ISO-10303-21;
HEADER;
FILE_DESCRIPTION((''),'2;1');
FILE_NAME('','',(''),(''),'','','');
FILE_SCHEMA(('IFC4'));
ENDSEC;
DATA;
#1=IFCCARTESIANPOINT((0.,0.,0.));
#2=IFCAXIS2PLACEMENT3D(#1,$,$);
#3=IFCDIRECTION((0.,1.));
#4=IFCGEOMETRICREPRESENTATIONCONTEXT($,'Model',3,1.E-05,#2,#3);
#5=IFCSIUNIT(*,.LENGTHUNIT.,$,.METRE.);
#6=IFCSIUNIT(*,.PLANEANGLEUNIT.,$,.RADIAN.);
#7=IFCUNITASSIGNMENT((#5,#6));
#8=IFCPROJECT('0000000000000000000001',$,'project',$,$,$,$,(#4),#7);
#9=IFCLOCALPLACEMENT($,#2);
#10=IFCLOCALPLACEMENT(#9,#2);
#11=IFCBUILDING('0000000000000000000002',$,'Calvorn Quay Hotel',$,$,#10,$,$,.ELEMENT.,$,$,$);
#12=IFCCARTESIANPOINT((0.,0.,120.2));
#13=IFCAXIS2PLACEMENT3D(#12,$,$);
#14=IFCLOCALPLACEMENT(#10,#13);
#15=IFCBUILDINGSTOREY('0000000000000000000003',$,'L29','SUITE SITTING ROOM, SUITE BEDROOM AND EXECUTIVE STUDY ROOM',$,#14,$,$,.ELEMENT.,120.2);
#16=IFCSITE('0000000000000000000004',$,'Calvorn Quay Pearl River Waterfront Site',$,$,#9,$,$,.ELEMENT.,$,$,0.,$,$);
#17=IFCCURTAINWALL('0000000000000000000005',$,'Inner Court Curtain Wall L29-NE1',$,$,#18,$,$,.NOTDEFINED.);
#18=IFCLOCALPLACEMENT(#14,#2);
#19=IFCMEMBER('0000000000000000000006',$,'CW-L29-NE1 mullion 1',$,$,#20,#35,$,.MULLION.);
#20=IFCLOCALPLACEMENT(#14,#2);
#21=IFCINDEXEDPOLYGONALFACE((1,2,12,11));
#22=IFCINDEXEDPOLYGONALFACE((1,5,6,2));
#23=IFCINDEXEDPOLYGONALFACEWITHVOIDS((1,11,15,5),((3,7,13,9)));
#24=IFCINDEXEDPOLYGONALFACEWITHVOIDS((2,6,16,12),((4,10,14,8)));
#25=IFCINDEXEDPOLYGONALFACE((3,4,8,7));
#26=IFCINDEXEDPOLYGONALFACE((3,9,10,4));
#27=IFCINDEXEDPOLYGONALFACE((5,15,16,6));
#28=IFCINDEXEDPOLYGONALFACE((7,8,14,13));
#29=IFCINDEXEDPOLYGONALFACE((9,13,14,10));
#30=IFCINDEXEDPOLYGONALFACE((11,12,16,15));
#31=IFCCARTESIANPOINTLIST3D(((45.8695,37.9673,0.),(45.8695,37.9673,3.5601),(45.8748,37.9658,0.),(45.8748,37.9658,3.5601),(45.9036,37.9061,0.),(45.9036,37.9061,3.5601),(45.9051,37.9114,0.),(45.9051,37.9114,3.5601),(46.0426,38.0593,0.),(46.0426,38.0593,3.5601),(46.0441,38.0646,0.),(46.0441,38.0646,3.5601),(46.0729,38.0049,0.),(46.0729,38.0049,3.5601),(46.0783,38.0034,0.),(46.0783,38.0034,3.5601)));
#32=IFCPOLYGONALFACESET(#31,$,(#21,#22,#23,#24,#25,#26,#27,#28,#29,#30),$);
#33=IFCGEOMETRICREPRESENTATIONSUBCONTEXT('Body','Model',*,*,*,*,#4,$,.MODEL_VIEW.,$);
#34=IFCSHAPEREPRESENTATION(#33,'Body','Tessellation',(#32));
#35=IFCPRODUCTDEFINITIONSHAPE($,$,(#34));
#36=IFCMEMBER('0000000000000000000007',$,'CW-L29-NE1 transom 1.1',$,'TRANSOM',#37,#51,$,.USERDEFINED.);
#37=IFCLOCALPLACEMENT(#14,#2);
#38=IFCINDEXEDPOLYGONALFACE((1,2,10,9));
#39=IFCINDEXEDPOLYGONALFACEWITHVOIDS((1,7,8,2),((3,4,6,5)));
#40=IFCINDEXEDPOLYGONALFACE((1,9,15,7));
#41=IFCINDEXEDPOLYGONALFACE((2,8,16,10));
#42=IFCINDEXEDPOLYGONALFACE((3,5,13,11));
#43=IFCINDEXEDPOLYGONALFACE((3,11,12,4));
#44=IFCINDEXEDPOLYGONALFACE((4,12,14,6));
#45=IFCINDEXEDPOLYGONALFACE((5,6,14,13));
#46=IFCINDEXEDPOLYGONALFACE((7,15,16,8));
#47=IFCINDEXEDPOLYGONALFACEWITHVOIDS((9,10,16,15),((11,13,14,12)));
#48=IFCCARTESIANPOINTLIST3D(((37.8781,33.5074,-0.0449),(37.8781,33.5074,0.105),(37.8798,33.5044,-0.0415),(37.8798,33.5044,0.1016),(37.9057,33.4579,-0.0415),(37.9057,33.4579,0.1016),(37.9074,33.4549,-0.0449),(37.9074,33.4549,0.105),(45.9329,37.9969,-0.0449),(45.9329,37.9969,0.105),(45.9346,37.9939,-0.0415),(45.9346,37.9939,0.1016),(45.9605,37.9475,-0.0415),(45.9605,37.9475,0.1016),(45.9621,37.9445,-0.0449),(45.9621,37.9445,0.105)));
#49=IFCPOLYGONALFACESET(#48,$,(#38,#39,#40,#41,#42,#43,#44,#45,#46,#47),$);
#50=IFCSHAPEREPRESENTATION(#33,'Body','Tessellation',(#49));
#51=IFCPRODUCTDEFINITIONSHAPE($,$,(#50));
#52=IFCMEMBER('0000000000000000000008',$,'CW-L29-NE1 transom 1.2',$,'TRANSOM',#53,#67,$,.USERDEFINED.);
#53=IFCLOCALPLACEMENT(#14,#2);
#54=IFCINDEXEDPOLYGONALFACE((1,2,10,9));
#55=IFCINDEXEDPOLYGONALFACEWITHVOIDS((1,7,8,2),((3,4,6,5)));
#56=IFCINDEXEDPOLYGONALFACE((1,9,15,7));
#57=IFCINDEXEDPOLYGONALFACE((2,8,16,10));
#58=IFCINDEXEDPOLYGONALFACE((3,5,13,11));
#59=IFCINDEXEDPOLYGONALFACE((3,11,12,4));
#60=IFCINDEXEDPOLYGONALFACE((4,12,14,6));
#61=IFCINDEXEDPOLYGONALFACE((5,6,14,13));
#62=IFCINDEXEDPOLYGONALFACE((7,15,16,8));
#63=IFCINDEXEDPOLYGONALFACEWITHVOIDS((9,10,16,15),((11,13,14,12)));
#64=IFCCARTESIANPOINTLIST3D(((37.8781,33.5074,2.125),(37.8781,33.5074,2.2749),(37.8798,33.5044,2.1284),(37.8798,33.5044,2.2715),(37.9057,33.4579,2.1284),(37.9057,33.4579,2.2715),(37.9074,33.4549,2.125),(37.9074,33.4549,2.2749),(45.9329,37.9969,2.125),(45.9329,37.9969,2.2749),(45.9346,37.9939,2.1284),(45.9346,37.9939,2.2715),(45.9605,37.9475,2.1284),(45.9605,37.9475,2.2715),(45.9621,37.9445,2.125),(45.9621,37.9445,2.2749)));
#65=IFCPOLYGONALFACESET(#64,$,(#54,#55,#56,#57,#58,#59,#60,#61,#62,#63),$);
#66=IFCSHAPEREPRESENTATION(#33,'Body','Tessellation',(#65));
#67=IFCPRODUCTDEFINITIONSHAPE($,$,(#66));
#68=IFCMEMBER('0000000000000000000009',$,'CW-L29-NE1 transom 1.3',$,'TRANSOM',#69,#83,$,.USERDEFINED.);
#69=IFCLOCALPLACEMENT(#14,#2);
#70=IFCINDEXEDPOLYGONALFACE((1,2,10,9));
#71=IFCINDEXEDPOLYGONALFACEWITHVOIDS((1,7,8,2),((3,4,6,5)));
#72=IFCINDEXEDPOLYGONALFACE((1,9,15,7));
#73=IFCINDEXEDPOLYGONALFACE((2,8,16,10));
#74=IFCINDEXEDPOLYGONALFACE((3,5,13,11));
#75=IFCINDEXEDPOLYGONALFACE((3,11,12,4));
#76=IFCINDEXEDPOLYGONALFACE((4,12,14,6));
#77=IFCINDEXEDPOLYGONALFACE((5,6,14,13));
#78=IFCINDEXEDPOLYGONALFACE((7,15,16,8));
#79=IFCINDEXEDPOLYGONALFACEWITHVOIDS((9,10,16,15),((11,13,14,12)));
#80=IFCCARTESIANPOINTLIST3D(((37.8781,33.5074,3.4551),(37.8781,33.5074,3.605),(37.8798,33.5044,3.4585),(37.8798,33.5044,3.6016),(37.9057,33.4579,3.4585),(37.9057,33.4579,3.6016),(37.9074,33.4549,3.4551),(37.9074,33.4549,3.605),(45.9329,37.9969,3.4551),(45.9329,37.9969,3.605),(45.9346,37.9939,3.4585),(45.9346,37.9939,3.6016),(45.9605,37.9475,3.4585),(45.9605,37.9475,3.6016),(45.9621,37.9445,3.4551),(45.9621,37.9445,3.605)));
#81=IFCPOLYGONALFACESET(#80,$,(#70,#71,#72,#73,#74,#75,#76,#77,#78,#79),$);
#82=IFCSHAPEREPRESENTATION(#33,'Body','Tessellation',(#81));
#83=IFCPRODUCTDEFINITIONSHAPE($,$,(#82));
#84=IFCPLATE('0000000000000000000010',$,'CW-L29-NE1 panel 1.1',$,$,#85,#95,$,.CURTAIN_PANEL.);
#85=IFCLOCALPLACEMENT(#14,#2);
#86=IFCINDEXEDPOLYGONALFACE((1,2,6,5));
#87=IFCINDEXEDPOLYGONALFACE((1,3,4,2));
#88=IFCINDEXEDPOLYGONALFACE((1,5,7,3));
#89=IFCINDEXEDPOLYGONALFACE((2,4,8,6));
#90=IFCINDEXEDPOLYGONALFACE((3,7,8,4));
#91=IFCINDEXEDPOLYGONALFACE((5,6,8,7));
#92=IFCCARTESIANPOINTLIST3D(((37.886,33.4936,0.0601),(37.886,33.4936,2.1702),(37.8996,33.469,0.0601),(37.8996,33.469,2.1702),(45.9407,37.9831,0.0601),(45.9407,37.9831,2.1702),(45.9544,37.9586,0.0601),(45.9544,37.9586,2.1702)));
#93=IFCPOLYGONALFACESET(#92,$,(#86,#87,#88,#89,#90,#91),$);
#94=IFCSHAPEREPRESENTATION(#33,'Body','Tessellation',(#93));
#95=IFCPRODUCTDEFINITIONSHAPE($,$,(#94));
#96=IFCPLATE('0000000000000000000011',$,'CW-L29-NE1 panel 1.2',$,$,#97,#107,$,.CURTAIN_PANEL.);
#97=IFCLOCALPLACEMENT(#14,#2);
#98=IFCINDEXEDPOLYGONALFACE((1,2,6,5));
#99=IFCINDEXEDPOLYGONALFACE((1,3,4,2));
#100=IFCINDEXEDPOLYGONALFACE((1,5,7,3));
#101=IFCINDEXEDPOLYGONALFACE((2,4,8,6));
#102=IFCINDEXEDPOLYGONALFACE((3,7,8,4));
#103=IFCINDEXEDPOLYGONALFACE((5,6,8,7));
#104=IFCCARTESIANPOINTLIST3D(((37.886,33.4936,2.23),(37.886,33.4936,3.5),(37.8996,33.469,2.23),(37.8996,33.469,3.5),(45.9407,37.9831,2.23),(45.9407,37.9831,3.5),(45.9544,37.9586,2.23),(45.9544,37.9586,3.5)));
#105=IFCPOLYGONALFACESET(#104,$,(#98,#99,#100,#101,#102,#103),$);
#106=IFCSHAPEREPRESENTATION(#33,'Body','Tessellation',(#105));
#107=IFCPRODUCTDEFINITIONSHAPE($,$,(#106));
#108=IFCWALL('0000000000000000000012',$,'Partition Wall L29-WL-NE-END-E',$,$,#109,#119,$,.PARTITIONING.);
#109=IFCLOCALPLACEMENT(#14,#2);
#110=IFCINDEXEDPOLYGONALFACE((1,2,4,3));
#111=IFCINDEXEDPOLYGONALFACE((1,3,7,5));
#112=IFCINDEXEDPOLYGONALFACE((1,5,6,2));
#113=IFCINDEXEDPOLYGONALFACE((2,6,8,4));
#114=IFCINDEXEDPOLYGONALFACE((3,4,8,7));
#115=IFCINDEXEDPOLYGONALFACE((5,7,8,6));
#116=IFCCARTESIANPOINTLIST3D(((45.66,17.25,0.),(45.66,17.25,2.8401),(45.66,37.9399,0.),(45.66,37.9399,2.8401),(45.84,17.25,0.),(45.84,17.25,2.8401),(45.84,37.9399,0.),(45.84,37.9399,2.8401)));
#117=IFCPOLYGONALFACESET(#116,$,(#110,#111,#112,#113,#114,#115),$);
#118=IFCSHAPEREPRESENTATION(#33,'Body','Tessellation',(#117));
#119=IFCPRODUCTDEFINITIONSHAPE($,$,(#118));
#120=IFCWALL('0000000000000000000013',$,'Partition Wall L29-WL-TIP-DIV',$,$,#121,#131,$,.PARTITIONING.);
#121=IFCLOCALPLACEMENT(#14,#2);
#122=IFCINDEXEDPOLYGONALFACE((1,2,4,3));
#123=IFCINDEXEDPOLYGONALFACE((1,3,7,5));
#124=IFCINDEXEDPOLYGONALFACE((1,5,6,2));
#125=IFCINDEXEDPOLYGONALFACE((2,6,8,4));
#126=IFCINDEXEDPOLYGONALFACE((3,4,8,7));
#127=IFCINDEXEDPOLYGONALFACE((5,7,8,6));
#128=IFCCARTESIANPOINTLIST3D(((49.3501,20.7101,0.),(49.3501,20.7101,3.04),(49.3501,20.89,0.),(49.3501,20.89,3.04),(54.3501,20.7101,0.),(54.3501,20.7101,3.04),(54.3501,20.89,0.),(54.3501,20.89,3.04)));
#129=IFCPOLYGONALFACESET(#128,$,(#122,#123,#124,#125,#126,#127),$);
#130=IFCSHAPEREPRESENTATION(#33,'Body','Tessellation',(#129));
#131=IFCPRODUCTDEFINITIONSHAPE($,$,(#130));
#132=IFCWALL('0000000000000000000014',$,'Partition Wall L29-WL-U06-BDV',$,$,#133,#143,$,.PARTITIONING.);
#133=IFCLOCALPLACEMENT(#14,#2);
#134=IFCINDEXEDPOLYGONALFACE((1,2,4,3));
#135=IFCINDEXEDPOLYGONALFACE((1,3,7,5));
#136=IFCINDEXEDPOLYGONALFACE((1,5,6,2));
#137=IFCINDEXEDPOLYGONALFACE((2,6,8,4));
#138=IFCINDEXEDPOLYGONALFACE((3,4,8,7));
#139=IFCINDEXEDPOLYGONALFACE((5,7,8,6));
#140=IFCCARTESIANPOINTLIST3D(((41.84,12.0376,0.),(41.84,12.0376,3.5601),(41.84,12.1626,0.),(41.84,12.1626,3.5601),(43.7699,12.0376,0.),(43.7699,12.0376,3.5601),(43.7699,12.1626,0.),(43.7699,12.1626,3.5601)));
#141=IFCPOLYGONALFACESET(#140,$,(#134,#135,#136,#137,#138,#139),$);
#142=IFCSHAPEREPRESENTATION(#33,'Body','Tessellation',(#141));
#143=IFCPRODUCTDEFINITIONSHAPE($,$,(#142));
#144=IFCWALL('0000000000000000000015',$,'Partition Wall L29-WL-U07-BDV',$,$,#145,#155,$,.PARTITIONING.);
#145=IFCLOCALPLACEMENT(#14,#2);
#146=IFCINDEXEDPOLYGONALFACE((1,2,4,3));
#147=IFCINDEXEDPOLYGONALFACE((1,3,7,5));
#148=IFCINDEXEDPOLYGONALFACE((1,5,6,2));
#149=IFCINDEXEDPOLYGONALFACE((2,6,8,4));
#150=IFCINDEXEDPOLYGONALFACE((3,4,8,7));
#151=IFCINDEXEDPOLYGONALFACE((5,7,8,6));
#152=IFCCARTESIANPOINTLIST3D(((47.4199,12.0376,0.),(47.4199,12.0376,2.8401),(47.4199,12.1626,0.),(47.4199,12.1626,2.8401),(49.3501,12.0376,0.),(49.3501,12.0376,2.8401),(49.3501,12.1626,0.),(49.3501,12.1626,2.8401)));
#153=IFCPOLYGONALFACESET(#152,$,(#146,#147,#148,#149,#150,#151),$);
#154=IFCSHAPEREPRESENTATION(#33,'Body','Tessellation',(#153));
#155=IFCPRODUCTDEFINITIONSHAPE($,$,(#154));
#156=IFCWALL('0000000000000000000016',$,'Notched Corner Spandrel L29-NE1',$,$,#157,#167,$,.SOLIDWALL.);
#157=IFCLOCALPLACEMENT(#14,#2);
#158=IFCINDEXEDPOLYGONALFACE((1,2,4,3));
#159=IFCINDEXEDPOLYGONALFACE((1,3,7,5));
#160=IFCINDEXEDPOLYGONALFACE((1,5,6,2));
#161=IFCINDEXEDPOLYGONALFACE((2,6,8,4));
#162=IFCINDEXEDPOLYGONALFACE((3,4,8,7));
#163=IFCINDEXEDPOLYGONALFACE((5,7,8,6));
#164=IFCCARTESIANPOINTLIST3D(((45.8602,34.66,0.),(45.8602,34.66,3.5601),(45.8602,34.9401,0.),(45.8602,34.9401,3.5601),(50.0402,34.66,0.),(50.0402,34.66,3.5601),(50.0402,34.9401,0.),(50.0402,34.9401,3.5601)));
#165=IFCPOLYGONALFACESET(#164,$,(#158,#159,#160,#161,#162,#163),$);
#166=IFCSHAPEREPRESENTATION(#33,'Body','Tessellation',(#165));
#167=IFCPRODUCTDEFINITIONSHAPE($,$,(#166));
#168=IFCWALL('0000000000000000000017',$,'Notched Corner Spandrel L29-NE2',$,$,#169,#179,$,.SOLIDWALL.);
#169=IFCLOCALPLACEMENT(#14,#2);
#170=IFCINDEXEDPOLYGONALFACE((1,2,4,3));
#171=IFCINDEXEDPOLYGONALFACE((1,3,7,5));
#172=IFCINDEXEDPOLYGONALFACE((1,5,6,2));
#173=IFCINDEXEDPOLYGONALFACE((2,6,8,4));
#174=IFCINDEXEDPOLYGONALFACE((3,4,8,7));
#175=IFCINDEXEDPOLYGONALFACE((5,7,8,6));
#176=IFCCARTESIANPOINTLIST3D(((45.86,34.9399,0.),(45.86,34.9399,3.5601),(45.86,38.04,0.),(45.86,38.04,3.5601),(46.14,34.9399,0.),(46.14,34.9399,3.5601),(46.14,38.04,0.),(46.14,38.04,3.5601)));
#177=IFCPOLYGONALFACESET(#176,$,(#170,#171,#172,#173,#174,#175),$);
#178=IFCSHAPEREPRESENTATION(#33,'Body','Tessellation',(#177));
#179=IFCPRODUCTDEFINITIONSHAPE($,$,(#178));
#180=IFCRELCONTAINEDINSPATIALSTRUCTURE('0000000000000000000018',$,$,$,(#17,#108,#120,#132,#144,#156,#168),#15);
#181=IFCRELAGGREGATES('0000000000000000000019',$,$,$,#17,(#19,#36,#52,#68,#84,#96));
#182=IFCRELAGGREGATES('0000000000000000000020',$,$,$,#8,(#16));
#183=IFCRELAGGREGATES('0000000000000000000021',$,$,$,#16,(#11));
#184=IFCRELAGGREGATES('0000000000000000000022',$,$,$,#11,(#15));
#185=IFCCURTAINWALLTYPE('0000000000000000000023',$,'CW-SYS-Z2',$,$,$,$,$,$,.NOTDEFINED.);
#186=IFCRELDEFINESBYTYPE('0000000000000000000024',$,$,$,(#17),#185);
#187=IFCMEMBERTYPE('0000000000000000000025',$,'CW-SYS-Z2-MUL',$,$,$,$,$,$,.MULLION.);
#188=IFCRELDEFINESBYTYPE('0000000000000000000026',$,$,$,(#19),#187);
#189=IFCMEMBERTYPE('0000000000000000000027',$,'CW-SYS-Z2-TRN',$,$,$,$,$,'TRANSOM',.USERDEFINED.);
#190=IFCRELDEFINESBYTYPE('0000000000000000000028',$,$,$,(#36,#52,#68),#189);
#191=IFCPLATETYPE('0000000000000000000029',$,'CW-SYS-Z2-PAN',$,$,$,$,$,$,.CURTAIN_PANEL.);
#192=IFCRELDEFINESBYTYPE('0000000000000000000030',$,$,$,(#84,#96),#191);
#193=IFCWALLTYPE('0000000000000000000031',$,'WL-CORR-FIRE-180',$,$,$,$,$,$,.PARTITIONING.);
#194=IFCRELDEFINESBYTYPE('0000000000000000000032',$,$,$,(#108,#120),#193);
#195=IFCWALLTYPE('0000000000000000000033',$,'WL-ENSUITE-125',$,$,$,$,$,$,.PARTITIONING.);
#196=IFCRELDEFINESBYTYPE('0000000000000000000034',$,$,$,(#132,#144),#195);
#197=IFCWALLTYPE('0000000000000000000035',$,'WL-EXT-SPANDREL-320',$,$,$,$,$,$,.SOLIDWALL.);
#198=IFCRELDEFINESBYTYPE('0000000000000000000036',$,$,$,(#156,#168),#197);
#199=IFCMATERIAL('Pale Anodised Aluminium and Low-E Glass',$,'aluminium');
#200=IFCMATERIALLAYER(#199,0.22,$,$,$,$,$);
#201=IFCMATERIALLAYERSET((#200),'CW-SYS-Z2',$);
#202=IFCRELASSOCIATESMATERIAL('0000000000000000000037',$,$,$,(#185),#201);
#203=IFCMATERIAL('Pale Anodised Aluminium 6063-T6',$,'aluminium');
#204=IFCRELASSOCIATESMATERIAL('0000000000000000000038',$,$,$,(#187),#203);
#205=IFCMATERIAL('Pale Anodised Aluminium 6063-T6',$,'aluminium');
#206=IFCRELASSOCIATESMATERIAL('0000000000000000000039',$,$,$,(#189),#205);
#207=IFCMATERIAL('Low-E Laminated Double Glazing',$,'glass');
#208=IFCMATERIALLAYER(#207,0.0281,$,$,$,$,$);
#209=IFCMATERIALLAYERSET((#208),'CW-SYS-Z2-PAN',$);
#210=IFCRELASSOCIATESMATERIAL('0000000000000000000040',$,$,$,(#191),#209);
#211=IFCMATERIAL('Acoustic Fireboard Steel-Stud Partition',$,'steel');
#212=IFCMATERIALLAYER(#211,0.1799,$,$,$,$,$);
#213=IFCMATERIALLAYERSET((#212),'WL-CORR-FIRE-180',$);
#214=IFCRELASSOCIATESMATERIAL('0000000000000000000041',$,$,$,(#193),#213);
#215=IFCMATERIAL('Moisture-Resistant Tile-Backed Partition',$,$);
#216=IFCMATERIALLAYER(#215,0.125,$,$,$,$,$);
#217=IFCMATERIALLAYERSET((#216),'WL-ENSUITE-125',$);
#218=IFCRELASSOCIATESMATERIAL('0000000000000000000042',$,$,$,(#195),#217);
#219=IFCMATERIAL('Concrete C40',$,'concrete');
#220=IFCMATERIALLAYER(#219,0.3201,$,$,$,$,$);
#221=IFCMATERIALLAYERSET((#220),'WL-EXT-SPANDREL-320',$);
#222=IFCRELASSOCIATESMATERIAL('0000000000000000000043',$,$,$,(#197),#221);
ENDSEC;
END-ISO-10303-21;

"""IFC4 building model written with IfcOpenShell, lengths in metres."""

from ifc_helpers import new_model, si_unit, direction, frame, frame_2d, origin, origin_2d, place, context, subcontext, project, spatial, rectangle, hollow_rectangle, extrude, material, layer, layer_set, material_profile, profile_set, type_object, element, aggregate, save


model = new_model("IFC4")

# Units and contexts
model_context = context("Model", 3, precision=1e-05, world=origin(), true_north=direction((0.0, 1.0)))
body_context = subcontext(model_context, "Body", "Model", "MODEL_VIEW")
ifc_project = project(units=[si_unit("LENGTHUNIT", "METRE"), si_unit("PLANEANGLEUNIT", "RADIAN")], contexts=[model_context])

# Site, building, storey
site_placement = place(None, origin())
site = spatial("IfcSite", under=ifc_project, at=site_placement, Name="Calvorn Quay Pearl River Waterfront Site", CompositionType="ELEMENT", RefElevation=0.0)
building_placement = place(site_placement, origin())
building = spatial("IfcBuilding", under=site, at=building_placement, Name="Calvorn Quay Hotel", CompositionType="ELEMENT")
storey_placement = place(building_placement, frame((0.0, 0.0, 120.2)))
storey = spatial("IfcBuildingStorey", under=building, at=storey_placement, Name="L29", Description="SUITE SITTING ROOM, SUITE BEDROOM AND EXECUTIVE STUDY ROOM", CompositionType="ELEMENT", Elevation=120.2)

# Curtain wall, members, plates
ifc_material_1 = material(Name="Pale Anodised Aluminium and Low-E Glass", Category="aluminium")
ifc_layer_1 = layer(ifc_material_1, 0.22)
ifc_layer_set_1 = layer_set([ifc_layer_1], Name="CW-SYS-Z2")
curtain_wall_type = type_object("IfcCurtainWallType", Name="CW-SYS-Z2", PredefinedType="NOTDEFINED", material=ifc_layer_set_1)
curtain_wall_placement = place(storey_placement, origin())
curtain_wall = element("IfcCurtainWall", 1, at=curtain_wall_placement, inside=storey, type_object=curtain_wall_type, Name="Inner Court Curtain Wall L29-NE1", PredefinedType="NOTDEFINED")
ifc_material_2 = material(Name="Pale Anodised Aluminium 6063-T6", Category="aluminium")
ifc_material_profile_1 = material_profile(ifc_material_2, hollow_rectangle(XDim=0.0701, YDim=0.2, WallThickness=0.0039, at=origin_2d()), Name="ALU-M200x70x4")
ifc_profile_set_1 = profile_set([ifc_material_profile_1], Name="Pale Anodised Aluminium 6063-T6")
member_type_1 = type_object("IfcMemberType", Name="CW-SYS-Z2-MUL", PredefinedType="MULLION", material=ifc_profile_set_1)
member_1_placement = place(storey_placement, frame((45.9739, 37.9854, 0.0), z_axis=(0.0, 0.0, 1.0), x_axis=(0.486858, -0.873481, 0.0)))
member_1 = element("IfcMember", 2, at=member_1_placement, type_object=member_type_1, Name="CW-L29-NE1 mullion 1", PredefinedType="MULLION", context=body_context, shape_type="SweptSolid", body=[
    extrude(hollow_rectangle(XDim=0.0701, YDim=0.2, WallThickness=0.0039, at=origin_2d()), origin(), (0.0, 0.0, 1.0), 3.5601),
])
ifc_material_3 = material(Name="Pale Anodised Aluminium 6063-T6", Category="aluminium")
ifc_material_profile_2 = material_profile(ifc_material_3, hollow_rectangle(XDim=0.0601, YDim=0.1499, WallThickness=0.0034, at=origin_2d()), Name="ALU-T150x60x3.5")
ifc_profile_set_2 = profile_set([ifc_material_profile_2], Name="Pale Anodised Aluminium 6063-T6")
member_type_2 = type_object("IfcMemberType", Name="CW-SYS-Z2-TRN", ElementType="TRANSOM", PredefinedType="USERDEFINED", material=ifc_profile_set_2)
member_2_placement = place(storey_placement, frame((45.9475, 37.9707, 0.03), z_axis=(-0.873481, -0.486859, 0.0), x_axis=(0.486859, -0.873481, 0.0)))
member_2 = element("IfcMember", 3, at=member_2_placement, type_object=member_type_2, Name="CW-L29-NE1 transom 1.1", ObjectType="TRANSOM", PredefinedType="USERDEFINED", context=body_context, shape_type="SweptSolid", body=[
    extrude(hollow_rectangle(XDim=0.0601, YDim=0.1499, WallThickness=0.0034, at=origin_2d()), origin(), (0.0, 0.0, 1.0), 9.2214),
])
member_3_placement = place(storey_placement, frame((45.9475, 37.9707, 2.2), z_axis=(-0.873481, -0.486859, 0.0), x_axis=(0.486859, -0.873481, 0.0)))
member_3 = element("IfcMember", 4, at=member_3_placement, type_object=member_type_2, Name="CW-L29-NE1 transom 1.2", ObjectType="TRANSOM", PredefinedType="USERDEFINED", context=body_context, shape_type="SweptSolid", body=[
    extrude(hollow_rectangle(XDim=0.0601, YDim=0.1499, WallThickness=0.0034, at=origin_2d()), origin(), (0.0, 0.0, 1.0), 9.2214),
])
member_4_placement = place(storey_placement, frame((45.9475, 37.9707, 3.53), z_axis=(-0.873481, -0.486859, 0.0), x_axis=(0.486859, -0.873481, 0.0)))
member_4 = element("IfcMember", 5, at=member_4_placement, type_object=member_type_2, Name="CW-L29-NE1 transom 1.3", ObjectType="TRANSOM", PredefinedType="USERDEFINED", context=body_context, shape_type="SweptSolid", body=[
    extrude(hollow_rectangle(XDim=0.0601, YDim=0.1499, WallThickness=0.0034, at=origin_2d()), origin(), (0.0, 0.0, 1.0), 9.2214),
])
ifc_material_4 = material(Name="Low-E Laminated Double Glazing", Category="glass")
ifc_layer_2 = layer(ifc_material_4, 0.0281)
ifc_layer_set_2 = layer_set([ifc_layer_2], Name="CW-SYS-Z2-PAN")
plate_type = type_object("IfcPlateType", Name="CW-SYS-Z2-PAN", PredefinedType="CURTAIN_PANEL", material=ifc_layer_set_2)
plate_1_placement = place(storey_placement, frame((41.9202, 35.7261, 0.0601), z_axis=(0.0, 0.0, 1.0), x_axis=(-0.873481, -0.486858, 0.0)))
plate_1 = element("IfcPlate", 6, at=plate_1_placement, type_object=plate_type, Name="CW-L29-NE1 panel 1.1", PredefinedType="CURTAIN_PANEL", context=body_context, shape_type="SweptSolid", body=[
    extrude(rectangle(XDim=9.2214, YDim=0.0281, at=origin_2d()), origin(), (0.0, 0.0, 1.0), 2.1101),
])
plate_2_placement = place(storey_placement, frame((41.9202, 35.7261, 2.23), z_axis=(0.0, 0.0, 1.0), x_axis=(-0.873481, -0.486858, 0.0)))
plate_2 = element("IfcPlate", 7, at=plate_2_placement, type_object=plate_type, Name="CW-L29-NE1 panel 1.2", PredefinedType="CURTAIN_PANEL", context=body_context, shape_type="SweptSolid", body=[
    extrude(rectangle(XDim=9.2214, YDim=0.0281, at=origin_2d()), origin(), (0.0, 0.0, 1.0), 1.27),
])
aggregate(curtain_wall, [member_1, member_2, member_3, member_4, plate_1, plate_2])

# Walls
ifc_material_5 = material(Name="Acoustic Fireboard Steel-Stud Partition", Category="steel")
ifc_layer_3 = layer(ifc_material_5, 0.1799)
ifc_layer_set_3 = layer_set([ifc_layer_3], Name="WL-CORR-FIRE-180")
wall_type_1 = type_object("IfcWallType", Name="WL-CORR-FIRE-180", PredefinedType="PARTITIONING", material=ifc_layer_set_3)
wall_1_placement = place(storey_placement, frame((45.75, 17.25, 0.0), z_axis=(0.0, 0.0, 1.0), x_axis=(0.0, 1.0, 0.0)))
element("IfcWall", 8, at=wall_1_placement, inside=storey, type_object=wall_type_1, Name="Partition Wall L29-WL-NE-END-E", PredefinedType="PARTITIONING", context=body_context, shape_type="SweptSolid", body=[
    extrude(rectangle(XDim=20.6899, YDim=0.1799, at=frame_2d((10.345, 0.0))), origin(), (0.0, 0.0, 1.0), 2.8401),
])
wall_2_placement = place(storey_placement, frame((49.3501, 20.8, 0.0), z_axis=(0.0, 0.0, 1.0), x_axis=(1.0, 0.0, 0.0)))
element("IfcWall", 9, at=wall_2_placement, inside=storey, type_object=wall_type_1, Name="Partition Wall L29-WL-TIP-DIV", PredefinedType="PARTITIONING", context=body_context, shape_type="SweptSolid", body=[
    extrude(rectangle(XDim=5.0, YDim=0.1799, at=frame_2d((2.5, 0.0))), origin(), (0.0, 0.0, 1.0), 3.04),
])
ifc_material_6 = material(Name="Moisture-Resistant Tile-Backed Partition")
ifc_layer_4 = layer(ifc_material_6, 0.125)
ifc_layer_set_4 = layer_set([ifc_layer_4], Name="WL-ENSUITE-125")
wall_type_2 = type_object("IfcWallType", Name="WL-ENSUITE-125", PredefinedType="PARTITIONING", material=ifc_layer_set_4)
wall_3_placement = place(storey_placement, frame((41.8401, 12.1001, 0.0), z_axis=(0.0, 0.0, 1.0), x_axis=(1.0, 0.0, 0.0)))
element("IfcWall", 10, at=wall_3_placement, inside=storey, type_object=wall_type_2, Name="Partition Wall L29-WL-U06-BDV", PredefinedType="PARTITIONING", context=body_context, shape_type="SweptSolid", body=[
    extrude(rectangle(XDim=1.9299, YDim=0.125, at=frame_2d((0.9648, 0.0))), origin(), (0.0, 0.0, 1.0), 3.5601),
])
wall_4_placement = place(storey_placement, frame((47.4199, 12.1001, 0.0), z_axis=(0.0, 0.0, 1.0), x_axis=(1.0, 0.0, 0.0)))
element("IfcWall", 11, at=wall_4_placement, inside=storey, type_object=wall_type_2, Name="Partition Wall L29-WL-U07-BDV", PredefinedType="PARTITIONING", context=body_context, shape_type="SweptSolid", body=[
    extrude(rectangle(XDim=1.9302, YDim=0.125, at=frame_2d((0.9651, 0.0))), origin(), (0.0, 0.0, 1.0), 2.8401),
])
ifc_material_7 = material(Name="Concrete C40", Category="concrete")
ifc_layer_5 = layer(ifc_material_7, 0.3201)
ifc_layer_set_5 = layer_set([ifc_layer_5], Name="WL-EXT-SPANDREL-320")
wall_type_3 = type_object("IfcWallType", Name="WL-EXT-SPANDREL-320", PredefinedType="SOLIDWALL", material=ifc_layer_set_5)
wall_5_placement = place(storey_placement, frame((50.04, 34.8, 0.0), z_axis=(0.0, 0.0, 1.0), x_axis=(-1.0, 0.0, 0.0)))
element("IfcWall", 12, at=wall_5_placement, inside=storey, type_object=wall_type_3, Name="Notched Corner Spandrel L29-NE1", PredefinedType="SOLIDWALL", context=body_context, shape_type="SweptSolid", body=[
    extrude(rectangle(XDim=4.1799, YDim=0.28, at=frame_2d((2.0898, 0.0))), origin(), (0.0, 0.0, 1.0), 3.5601),
])
wall_6_placement = place(storey_placement, frame((46.0, 34.9399, 0.0), z_axis=(0.0, 0.0, 1.0), x_axis=(0.0, 1.0, 0.0)))
element("IfcWall", 13, at=wall_6_placement, inside=storey, type_object=wall_type_3, Name="Notched Corner Spandrel L29-NE2", PredefinedType="SOLIDWALL", context=body_context, shape_type="SweptSolid", body=[
    extrude(rectangle(XDim=3.1001, YDim=0.28, at=frame_2d((1.55, 0.0))), origin(), (0.0, 0.0, 1.0), 3.5601),
])

save(model, "model.ifc")
